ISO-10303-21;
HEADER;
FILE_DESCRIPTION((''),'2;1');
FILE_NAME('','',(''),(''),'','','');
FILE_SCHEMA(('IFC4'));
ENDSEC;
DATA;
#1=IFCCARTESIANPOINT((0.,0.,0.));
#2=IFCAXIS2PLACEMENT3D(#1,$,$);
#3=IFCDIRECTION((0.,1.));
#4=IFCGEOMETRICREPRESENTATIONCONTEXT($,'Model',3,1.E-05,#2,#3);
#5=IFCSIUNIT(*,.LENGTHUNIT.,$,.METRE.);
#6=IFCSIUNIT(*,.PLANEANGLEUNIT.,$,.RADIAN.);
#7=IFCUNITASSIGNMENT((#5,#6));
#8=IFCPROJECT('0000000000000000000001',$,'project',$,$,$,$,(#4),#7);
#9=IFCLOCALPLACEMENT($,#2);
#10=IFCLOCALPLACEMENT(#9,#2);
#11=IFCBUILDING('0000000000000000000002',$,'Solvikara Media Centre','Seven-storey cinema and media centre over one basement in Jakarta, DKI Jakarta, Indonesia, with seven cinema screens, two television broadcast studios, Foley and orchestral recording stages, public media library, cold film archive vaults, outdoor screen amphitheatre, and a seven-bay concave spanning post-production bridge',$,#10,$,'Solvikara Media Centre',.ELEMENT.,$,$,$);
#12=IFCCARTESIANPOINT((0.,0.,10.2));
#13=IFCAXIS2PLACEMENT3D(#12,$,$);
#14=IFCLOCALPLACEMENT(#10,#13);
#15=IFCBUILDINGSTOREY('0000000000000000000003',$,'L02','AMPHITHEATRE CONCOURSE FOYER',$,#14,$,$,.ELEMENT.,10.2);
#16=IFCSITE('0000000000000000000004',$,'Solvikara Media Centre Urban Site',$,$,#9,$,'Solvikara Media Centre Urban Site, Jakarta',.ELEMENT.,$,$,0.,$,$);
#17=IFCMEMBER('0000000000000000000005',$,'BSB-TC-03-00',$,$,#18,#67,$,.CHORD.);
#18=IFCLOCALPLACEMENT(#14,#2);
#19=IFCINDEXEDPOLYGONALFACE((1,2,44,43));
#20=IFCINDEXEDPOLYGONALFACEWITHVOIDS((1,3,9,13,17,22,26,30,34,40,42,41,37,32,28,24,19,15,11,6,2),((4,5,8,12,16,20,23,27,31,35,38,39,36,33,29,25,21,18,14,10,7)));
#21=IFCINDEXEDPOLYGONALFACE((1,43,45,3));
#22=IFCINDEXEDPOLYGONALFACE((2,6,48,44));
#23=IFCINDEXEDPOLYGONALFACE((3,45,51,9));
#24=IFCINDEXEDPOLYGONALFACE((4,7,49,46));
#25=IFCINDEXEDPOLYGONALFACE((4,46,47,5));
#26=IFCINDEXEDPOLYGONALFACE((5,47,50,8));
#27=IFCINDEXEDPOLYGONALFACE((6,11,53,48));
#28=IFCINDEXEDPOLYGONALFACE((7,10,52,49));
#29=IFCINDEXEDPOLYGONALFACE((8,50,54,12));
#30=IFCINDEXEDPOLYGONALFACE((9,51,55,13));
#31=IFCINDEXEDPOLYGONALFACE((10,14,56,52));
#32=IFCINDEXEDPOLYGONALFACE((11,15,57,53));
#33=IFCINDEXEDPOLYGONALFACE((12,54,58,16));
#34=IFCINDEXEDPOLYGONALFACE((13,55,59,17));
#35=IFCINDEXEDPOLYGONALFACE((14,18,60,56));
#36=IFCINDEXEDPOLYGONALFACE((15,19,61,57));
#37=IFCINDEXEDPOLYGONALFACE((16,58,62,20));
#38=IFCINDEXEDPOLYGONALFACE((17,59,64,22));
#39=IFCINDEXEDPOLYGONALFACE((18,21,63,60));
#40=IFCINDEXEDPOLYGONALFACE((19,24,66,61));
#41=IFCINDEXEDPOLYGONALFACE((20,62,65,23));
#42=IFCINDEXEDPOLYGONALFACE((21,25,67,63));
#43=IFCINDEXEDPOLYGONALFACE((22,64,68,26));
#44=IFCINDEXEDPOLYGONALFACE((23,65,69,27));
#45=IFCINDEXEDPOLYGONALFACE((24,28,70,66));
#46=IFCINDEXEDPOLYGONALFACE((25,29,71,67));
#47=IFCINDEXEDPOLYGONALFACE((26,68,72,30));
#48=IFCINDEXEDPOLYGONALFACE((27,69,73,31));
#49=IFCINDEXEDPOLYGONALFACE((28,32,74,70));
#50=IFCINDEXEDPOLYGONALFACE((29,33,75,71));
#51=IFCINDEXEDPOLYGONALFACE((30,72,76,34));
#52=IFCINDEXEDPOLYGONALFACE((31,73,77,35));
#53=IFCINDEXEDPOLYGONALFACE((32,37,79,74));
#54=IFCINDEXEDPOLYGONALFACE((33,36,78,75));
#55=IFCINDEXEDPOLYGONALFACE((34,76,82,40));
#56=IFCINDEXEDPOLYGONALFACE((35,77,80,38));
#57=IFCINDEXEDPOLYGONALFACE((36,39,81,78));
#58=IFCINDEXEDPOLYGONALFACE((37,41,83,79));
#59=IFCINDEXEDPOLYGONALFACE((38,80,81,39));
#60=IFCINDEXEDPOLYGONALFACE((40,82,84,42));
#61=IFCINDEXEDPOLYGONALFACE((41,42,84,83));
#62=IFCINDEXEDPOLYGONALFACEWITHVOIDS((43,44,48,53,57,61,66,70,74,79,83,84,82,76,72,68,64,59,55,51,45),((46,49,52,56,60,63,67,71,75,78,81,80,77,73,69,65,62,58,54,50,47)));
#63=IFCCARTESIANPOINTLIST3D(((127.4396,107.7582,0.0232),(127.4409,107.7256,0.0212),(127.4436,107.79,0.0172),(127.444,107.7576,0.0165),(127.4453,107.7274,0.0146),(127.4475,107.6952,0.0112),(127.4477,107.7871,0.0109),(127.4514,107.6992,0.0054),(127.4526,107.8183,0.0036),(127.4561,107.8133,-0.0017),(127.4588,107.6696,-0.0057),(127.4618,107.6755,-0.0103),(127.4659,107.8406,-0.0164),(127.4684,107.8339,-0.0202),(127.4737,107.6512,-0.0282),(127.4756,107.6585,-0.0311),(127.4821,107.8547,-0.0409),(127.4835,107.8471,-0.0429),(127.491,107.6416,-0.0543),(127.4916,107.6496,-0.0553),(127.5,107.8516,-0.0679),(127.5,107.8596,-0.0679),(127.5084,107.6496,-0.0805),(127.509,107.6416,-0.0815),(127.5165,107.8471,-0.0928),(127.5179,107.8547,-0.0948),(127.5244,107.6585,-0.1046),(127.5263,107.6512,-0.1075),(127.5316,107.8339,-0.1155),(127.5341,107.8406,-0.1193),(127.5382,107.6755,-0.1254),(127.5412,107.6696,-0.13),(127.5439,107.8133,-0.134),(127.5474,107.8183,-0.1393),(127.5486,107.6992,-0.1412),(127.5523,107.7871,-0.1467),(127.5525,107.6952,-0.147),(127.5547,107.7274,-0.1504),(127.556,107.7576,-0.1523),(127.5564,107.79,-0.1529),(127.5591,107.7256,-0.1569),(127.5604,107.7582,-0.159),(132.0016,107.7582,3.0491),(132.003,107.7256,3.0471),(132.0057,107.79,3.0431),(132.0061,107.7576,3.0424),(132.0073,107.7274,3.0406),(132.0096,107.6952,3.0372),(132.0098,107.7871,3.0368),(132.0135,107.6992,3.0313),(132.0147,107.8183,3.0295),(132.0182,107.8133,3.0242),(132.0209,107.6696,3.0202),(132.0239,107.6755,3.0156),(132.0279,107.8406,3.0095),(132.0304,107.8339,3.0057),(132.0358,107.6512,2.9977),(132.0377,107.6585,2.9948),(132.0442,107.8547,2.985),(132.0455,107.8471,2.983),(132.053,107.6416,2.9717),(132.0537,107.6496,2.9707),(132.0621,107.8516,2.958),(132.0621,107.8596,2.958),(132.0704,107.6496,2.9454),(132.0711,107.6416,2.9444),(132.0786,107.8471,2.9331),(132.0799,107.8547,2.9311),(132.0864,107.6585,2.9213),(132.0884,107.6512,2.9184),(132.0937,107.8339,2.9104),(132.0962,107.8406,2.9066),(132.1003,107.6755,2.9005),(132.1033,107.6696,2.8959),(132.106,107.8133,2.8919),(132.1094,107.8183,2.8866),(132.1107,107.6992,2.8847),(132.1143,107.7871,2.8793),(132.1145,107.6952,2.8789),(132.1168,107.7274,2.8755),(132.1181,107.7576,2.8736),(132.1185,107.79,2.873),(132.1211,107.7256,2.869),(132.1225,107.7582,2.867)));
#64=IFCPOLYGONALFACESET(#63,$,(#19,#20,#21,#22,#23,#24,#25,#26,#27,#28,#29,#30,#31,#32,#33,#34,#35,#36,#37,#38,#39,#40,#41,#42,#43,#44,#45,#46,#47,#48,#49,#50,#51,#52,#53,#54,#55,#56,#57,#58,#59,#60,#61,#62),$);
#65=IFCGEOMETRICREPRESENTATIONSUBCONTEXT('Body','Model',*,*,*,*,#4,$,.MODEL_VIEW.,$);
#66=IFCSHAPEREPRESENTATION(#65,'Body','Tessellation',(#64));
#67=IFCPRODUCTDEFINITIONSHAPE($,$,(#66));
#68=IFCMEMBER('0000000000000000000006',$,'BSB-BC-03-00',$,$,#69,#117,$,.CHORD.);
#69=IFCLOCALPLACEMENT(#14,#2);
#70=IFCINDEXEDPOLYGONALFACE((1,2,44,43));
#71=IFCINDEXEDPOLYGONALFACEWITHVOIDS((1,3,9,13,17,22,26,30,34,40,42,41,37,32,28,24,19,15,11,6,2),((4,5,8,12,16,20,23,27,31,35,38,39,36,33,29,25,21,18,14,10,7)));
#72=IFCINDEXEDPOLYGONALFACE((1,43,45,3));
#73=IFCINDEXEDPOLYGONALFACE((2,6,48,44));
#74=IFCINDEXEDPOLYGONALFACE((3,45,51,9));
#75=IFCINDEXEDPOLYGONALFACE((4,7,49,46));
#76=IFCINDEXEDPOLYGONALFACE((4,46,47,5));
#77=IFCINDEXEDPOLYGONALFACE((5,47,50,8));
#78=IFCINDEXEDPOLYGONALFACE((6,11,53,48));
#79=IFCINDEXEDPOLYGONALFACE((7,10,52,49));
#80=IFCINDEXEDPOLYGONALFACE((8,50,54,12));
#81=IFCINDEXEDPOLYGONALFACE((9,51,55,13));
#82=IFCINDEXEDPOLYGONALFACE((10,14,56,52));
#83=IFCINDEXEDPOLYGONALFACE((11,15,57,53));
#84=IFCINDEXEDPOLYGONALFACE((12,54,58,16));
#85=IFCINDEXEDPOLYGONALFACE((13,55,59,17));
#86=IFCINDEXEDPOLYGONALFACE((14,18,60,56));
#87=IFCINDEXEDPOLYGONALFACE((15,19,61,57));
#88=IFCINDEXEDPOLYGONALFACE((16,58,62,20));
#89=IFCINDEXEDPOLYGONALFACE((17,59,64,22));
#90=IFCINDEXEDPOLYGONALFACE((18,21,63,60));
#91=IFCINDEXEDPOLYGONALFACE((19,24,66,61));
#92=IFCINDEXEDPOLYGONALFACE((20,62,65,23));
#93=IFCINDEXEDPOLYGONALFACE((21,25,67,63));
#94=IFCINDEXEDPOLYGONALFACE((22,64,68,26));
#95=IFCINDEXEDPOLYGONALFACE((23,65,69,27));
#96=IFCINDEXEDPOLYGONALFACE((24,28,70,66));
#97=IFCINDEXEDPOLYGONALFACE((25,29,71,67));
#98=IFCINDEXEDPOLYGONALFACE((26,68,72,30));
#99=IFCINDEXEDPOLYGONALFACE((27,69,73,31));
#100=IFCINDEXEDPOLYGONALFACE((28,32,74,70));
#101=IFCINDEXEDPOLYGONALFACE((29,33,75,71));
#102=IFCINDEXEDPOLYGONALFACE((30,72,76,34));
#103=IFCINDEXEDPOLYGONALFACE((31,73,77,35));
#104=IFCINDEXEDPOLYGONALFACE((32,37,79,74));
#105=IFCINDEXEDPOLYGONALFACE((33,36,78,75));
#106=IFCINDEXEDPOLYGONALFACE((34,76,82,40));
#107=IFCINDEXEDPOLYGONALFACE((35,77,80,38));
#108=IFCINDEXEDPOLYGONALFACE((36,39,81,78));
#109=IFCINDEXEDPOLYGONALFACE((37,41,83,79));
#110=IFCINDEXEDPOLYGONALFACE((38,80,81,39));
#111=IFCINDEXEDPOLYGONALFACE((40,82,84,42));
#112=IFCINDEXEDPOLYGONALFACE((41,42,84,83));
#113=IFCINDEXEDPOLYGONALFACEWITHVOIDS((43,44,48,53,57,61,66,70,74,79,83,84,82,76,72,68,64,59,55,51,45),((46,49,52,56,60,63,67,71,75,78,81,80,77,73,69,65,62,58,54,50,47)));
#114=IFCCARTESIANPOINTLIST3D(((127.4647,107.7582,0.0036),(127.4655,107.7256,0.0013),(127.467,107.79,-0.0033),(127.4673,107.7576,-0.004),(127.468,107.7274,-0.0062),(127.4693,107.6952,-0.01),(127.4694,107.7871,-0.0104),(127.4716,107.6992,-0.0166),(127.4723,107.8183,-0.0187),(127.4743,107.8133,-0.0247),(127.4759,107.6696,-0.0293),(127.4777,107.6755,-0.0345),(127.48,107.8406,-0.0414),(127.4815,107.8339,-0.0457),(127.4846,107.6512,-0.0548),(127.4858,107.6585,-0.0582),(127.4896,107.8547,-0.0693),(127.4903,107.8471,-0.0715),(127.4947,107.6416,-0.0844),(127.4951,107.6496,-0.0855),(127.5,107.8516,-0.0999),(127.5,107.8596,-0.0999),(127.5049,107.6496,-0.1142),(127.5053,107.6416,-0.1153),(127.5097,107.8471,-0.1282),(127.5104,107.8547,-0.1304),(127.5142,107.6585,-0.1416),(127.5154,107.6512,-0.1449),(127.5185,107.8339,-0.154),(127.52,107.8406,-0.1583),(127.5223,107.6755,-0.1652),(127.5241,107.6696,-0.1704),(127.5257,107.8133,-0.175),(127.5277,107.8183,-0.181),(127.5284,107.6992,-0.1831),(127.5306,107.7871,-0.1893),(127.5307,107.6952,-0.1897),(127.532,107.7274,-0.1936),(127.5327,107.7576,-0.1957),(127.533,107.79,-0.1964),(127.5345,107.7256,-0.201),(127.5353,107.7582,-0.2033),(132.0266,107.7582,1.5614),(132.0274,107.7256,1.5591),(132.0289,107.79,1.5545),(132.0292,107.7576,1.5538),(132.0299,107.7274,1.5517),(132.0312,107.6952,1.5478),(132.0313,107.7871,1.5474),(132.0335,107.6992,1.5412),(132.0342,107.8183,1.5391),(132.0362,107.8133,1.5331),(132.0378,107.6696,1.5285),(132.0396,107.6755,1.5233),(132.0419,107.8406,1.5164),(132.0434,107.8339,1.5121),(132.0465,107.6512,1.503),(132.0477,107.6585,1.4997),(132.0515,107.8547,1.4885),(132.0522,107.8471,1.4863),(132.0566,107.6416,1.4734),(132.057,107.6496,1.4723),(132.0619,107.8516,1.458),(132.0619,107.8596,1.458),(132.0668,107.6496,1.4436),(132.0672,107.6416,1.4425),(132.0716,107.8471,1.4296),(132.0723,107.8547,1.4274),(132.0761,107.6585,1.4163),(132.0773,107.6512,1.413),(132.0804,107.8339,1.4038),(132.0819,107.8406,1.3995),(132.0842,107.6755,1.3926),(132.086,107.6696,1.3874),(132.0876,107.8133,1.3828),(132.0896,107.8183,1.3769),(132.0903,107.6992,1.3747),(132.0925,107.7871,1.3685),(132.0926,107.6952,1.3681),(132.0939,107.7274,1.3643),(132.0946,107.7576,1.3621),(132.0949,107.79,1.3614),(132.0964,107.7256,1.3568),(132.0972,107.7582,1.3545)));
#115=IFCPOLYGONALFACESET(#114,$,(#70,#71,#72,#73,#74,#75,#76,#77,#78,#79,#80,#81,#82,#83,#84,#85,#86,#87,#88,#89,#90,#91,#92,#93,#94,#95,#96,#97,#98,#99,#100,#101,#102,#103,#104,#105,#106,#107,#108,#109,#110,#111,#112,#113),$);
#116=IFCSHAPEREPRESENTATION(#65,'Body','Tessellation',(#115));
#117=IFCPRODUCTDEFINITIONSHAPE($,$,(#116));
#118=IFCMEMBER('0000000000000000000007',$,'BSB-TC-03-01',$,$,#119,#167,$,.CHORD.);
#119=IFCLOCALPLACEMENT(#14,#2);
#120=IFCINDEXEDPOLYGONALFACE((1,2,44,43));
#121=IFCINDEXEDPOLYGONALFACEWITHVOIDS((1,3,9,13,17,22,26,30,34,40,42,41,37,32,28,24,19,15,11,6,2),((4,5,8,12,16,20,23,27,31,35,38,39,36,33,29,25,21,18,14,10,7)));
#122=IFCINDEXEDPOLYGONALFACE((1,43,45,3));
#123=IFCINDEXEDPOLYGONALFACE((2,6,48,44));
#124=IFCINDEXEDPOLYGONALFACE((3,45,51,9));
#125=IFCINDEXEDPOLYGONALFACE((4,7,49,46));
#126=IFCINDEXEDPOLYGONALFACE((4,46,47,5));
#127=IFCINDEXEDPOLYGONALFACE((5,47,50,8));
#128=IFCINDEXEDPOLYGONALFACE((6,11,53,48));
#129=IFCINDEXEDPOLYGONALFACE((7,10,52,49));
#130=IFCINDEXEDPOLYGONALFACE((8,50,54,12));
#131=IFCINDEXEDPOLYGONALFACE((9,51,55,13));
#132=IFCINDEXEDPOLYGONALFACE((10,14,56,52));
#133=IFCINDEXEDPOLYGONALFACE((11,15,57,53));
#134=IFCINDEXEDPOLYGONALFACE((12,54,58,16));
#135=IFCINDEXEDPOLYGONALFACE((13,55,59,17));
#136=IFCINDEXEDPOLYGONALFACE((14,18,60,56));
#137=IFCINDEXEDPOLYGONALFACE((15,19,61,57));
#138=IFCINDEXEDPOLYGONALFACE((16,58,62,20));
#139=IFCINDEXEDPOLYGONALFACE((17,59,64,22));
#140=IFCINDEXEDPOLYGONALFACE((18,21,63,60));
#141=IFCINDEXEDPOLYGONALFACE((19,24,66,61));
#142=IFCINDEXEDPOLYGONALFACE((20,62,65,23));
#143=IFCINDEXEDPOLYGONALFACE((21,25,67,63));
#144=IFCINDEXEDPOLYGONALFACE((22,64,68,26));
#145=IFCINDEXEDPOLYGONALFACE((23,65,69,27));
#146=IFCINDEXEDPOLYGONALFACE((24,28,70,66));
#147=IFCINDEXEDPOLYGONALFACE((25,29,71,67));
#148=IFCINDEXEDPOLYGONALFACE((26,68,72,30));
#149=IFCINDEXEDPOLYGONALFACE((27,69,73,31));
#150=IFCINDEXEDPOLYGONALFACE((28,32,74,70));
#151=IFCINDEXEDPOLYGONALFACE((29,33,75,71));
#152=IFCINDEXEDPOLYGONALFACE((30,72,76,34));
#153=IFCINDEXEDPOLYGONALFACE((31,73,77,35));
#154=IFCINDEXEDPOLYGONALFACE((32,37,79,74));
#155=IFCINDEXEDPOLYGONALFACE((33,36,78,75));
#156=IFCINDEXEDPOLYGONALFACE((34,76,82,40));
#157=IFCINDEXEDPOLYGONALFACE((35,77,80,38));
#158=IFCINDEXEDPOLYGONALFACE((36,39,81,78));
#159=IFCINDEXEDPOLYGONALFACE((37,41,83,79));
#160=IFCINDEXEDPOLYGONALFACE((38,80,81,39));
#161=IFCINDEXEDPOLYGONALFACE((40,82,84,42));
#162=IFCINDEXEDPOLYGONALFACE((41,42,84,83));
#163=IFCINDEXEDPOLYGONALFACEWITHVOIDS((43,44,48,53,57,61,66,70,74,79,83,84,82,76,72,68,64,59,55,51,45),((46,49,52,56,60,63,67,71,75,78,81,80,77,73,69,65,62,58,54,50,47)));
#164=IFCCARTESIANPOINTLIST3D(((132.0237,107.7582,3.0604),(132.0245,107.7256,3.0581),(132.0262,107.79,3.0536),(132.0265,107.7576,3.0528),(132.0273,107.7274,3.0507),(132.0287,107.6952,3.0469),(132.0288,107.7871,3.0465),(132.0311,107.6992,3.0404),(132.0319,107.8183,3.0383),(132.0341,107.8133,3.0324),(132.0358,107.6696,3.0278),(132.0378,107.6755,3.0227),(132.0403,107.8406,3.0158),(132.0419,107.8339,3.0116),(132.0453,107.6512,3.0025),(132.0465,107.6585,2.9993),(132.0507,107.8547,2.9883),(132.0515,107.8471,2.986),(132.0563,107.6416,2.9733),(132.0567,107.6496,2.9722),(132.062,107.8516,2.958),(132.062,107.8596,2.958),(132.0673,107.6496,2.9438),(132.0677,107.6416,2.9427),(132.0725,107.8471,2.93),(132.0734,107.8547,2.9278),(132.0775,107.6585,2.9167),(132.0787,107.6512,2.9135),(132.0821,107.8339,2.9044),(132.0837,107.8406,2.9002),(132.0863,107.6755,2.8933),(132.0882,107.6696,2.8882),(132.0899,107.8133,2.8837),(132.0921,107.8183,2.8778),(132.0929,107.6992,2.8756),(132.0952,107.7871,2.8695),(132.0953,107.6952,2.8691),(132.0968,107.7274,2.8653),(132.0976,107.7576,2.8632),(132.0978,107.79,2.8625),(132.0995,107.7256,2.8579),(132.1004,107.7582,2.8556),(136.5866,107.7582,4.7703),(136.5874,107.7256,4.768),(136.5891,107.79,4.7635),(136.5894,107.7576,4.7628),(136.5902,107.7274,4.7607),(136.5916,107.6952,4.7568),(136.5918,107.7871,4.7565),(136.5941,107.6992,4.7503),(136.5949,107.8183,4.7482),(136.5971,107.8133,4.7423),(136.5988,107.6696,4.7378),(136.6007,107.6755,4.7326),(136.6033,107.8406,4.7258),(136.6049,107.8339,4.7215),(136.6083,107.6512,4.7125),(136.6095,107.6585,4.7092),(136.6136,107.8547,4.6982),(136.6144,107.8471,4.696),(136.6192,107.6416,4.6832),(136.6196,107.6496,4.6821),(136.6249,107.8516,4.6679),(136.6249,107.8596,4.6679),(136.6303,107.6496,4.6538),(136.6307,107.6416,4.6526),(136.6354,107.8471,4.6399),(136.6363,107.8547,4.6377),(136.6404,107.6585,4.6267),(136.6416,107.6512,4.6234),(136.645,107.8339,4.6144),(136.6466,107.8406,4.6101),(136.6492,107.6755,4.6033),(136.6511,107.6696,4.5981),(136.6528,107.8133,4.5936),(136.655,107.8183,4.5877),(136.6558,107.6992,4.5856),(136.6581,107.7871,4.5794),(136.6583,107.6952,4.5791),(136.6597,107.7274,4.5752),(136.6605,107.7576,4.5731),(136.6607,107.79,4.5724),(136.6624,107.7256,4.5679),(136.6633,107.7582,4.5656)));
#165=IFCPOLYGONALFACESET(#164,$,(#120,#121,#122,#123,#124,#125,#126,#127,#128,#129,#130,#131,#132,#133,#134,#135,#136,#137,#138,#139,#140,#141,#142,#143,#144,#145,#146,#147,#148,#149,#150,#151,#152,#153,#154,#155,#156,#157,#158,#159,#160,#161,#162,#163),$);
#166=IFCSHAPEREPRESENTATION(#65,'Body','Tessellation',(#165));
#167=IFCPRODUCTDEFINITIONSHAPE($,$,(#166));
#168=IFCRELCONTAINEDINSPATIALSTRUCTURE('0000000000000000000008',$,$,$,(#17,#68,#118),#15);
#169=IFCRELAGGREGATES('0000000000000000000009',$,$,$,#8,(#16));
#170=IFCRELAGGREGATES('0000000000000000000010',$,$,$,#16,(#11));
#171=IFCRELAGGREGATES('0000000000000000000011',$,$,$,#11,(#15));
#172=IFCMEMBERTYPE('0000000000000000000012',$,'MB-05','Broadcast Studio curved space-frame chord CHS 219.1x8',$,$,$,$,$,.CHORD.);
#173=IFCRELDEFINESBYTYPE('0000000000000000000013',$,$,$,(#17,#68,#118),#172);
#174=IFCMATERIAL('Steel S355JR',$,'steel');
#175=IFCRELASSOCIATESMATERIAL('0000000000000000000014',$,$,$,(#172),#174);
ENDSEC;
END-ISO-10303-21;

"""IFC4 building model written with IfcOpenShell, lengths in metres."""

from ifc_helpers import new_model, si_unit, direction, frame, origin, origin_2d, place, context, subcontext, project, spatial, hollow_circle, extrude, material, material_profile, profile_set, type_object, element, save


model = new_model("IFC4")

# Units and contexts
model_context = context("Model", 3, precision=1e-05, world=origin(), true_north=direction((0.0, 1.0)))
body_context = subcontext(model_context, "Body", "Model", "MODEL_VIEW")
ifc_project = project(units=[si_unit("LENGTHUNIT", "METRE"), si_unit("PLANEANGLEUNIT", "RADIAN")], contexts=[model_context])

# Site, building, storey
site_placement = place(None, origin())
site = spatial("IfcSite", under=ifc_project, at=site_placement, Name="Solvikara Media Centre Urban Site", LongName="Solvikara Media Centre Urban Site, Jakarta", CompositionType="ELEMENT", RefElevation=0.0)
building_placement = place(site_placement, origin())
building = spatial("IfcBuilding", under=site, at=building_placement, Name="Solvikara Media Centre", Description="Seven-storey cinema and media centre over one basement in Jakarta, DKI Jakarta, Indonesia, with seven cinema screens, two television broadcast studios, Foley and orchestral recording stages, public media library, cold film archive vaults, outdoor screen amphitheatre, and a seven-bay concave spanning post-production bridge", LongName="Solvikara Media Centre", CompositionType="ELEMENT")
storey_placement = place(building_placement, frame((0.0, 0.0, 10.2)))
storey = spatial("IfcBuildingStorey", under=building, at=storey_placement, Name="L02", Description="AMPHITHEATRE CONCOURSE FOYER", CompositionType="ELEMENT", Elevation=10.2)

# Shared definitions
ifc_material_1 = material(Name="Steel S355JR", Category="steel")

# Members
ifc_material_profile_1 = material_profile(ifc_material_1, hollow_circle(Radius=0.1096, WallThickness=0.0081, at=origin_2d()), Name="CHS 219.1x8")
ifc_profile_set_1 = profile_set([ifc_material_profile_1], Name="Steel S355JR")
member_type_1 = type_object("IfcMemberType", Name="MB-05", Description="Broadcast Studio curved space-frame chord CHS 219.1x8", PredefinedType="CHORD", material=ifc_profile_set_1)
member_1_placement = place(storey_placement, frame((127.5, 107.75, -0.0679), z_axis=(0.833352, 0.0, 0.552743), x_axis=(0.0, 1.0, 0.0)))
element("IfcMember", 1, at=member_1_placement, inside=storey, type_object=member_type_1, Name="BSB-TC-03-00", PredefinedType="CHORD", context=body_context, shape_type="SweptSolid", body=[
    extrude(hollow_circle(Radius=0.1096, WallThickness=0.0081, at=origin_2d()), origin(), (0.0, 0.0, 1.0), 5.4744),
])
member_2_placement = place(storey_placement, frame((127.5, 107.75, -0.0999), z_axis=(0.946343, 0.0, 0.323163), x_axis=(0.0, 1.0, 0.0)))
element("IfcMember", 2, at=member_2_placement, inside=storey, type_object=member_type_1, Name="BSB-BC-03-00", PredefinedType="CHORD", context=body_context, shape_type="SweptSolid", body=[
    extrude(hollow_circle(Radius=0.1096, WallThickness=0.0081, at=origin_2d()), origin(), (0.0, 0.0, 1.0), 4.8206),
])
for number, where, z_axis, x_axis, name in (
    (3, (132.062, 107.75, 2.958), (0.936407, 0.0, 0.350915), (0.0, 1.0, 0.0), "BSB-TC-03-01"),
):
    element("IfcMember", number, at=place(storey_placement, frame(where, z_axis=z_axis, x_axis=x_axis)), inside=storey, type_object=member_type_1, Name=name, PredefinedType="CHORD", context=body_context, shape_type="SweptSolid", body=[
        extrude(hollow_circle(Radius=0.1096, WallThickness=0.0081, at=origin_2d()), origin(), (0.0, 0.0, 1.0), 4.8728),
    ])

save(model, "model.ifc")
